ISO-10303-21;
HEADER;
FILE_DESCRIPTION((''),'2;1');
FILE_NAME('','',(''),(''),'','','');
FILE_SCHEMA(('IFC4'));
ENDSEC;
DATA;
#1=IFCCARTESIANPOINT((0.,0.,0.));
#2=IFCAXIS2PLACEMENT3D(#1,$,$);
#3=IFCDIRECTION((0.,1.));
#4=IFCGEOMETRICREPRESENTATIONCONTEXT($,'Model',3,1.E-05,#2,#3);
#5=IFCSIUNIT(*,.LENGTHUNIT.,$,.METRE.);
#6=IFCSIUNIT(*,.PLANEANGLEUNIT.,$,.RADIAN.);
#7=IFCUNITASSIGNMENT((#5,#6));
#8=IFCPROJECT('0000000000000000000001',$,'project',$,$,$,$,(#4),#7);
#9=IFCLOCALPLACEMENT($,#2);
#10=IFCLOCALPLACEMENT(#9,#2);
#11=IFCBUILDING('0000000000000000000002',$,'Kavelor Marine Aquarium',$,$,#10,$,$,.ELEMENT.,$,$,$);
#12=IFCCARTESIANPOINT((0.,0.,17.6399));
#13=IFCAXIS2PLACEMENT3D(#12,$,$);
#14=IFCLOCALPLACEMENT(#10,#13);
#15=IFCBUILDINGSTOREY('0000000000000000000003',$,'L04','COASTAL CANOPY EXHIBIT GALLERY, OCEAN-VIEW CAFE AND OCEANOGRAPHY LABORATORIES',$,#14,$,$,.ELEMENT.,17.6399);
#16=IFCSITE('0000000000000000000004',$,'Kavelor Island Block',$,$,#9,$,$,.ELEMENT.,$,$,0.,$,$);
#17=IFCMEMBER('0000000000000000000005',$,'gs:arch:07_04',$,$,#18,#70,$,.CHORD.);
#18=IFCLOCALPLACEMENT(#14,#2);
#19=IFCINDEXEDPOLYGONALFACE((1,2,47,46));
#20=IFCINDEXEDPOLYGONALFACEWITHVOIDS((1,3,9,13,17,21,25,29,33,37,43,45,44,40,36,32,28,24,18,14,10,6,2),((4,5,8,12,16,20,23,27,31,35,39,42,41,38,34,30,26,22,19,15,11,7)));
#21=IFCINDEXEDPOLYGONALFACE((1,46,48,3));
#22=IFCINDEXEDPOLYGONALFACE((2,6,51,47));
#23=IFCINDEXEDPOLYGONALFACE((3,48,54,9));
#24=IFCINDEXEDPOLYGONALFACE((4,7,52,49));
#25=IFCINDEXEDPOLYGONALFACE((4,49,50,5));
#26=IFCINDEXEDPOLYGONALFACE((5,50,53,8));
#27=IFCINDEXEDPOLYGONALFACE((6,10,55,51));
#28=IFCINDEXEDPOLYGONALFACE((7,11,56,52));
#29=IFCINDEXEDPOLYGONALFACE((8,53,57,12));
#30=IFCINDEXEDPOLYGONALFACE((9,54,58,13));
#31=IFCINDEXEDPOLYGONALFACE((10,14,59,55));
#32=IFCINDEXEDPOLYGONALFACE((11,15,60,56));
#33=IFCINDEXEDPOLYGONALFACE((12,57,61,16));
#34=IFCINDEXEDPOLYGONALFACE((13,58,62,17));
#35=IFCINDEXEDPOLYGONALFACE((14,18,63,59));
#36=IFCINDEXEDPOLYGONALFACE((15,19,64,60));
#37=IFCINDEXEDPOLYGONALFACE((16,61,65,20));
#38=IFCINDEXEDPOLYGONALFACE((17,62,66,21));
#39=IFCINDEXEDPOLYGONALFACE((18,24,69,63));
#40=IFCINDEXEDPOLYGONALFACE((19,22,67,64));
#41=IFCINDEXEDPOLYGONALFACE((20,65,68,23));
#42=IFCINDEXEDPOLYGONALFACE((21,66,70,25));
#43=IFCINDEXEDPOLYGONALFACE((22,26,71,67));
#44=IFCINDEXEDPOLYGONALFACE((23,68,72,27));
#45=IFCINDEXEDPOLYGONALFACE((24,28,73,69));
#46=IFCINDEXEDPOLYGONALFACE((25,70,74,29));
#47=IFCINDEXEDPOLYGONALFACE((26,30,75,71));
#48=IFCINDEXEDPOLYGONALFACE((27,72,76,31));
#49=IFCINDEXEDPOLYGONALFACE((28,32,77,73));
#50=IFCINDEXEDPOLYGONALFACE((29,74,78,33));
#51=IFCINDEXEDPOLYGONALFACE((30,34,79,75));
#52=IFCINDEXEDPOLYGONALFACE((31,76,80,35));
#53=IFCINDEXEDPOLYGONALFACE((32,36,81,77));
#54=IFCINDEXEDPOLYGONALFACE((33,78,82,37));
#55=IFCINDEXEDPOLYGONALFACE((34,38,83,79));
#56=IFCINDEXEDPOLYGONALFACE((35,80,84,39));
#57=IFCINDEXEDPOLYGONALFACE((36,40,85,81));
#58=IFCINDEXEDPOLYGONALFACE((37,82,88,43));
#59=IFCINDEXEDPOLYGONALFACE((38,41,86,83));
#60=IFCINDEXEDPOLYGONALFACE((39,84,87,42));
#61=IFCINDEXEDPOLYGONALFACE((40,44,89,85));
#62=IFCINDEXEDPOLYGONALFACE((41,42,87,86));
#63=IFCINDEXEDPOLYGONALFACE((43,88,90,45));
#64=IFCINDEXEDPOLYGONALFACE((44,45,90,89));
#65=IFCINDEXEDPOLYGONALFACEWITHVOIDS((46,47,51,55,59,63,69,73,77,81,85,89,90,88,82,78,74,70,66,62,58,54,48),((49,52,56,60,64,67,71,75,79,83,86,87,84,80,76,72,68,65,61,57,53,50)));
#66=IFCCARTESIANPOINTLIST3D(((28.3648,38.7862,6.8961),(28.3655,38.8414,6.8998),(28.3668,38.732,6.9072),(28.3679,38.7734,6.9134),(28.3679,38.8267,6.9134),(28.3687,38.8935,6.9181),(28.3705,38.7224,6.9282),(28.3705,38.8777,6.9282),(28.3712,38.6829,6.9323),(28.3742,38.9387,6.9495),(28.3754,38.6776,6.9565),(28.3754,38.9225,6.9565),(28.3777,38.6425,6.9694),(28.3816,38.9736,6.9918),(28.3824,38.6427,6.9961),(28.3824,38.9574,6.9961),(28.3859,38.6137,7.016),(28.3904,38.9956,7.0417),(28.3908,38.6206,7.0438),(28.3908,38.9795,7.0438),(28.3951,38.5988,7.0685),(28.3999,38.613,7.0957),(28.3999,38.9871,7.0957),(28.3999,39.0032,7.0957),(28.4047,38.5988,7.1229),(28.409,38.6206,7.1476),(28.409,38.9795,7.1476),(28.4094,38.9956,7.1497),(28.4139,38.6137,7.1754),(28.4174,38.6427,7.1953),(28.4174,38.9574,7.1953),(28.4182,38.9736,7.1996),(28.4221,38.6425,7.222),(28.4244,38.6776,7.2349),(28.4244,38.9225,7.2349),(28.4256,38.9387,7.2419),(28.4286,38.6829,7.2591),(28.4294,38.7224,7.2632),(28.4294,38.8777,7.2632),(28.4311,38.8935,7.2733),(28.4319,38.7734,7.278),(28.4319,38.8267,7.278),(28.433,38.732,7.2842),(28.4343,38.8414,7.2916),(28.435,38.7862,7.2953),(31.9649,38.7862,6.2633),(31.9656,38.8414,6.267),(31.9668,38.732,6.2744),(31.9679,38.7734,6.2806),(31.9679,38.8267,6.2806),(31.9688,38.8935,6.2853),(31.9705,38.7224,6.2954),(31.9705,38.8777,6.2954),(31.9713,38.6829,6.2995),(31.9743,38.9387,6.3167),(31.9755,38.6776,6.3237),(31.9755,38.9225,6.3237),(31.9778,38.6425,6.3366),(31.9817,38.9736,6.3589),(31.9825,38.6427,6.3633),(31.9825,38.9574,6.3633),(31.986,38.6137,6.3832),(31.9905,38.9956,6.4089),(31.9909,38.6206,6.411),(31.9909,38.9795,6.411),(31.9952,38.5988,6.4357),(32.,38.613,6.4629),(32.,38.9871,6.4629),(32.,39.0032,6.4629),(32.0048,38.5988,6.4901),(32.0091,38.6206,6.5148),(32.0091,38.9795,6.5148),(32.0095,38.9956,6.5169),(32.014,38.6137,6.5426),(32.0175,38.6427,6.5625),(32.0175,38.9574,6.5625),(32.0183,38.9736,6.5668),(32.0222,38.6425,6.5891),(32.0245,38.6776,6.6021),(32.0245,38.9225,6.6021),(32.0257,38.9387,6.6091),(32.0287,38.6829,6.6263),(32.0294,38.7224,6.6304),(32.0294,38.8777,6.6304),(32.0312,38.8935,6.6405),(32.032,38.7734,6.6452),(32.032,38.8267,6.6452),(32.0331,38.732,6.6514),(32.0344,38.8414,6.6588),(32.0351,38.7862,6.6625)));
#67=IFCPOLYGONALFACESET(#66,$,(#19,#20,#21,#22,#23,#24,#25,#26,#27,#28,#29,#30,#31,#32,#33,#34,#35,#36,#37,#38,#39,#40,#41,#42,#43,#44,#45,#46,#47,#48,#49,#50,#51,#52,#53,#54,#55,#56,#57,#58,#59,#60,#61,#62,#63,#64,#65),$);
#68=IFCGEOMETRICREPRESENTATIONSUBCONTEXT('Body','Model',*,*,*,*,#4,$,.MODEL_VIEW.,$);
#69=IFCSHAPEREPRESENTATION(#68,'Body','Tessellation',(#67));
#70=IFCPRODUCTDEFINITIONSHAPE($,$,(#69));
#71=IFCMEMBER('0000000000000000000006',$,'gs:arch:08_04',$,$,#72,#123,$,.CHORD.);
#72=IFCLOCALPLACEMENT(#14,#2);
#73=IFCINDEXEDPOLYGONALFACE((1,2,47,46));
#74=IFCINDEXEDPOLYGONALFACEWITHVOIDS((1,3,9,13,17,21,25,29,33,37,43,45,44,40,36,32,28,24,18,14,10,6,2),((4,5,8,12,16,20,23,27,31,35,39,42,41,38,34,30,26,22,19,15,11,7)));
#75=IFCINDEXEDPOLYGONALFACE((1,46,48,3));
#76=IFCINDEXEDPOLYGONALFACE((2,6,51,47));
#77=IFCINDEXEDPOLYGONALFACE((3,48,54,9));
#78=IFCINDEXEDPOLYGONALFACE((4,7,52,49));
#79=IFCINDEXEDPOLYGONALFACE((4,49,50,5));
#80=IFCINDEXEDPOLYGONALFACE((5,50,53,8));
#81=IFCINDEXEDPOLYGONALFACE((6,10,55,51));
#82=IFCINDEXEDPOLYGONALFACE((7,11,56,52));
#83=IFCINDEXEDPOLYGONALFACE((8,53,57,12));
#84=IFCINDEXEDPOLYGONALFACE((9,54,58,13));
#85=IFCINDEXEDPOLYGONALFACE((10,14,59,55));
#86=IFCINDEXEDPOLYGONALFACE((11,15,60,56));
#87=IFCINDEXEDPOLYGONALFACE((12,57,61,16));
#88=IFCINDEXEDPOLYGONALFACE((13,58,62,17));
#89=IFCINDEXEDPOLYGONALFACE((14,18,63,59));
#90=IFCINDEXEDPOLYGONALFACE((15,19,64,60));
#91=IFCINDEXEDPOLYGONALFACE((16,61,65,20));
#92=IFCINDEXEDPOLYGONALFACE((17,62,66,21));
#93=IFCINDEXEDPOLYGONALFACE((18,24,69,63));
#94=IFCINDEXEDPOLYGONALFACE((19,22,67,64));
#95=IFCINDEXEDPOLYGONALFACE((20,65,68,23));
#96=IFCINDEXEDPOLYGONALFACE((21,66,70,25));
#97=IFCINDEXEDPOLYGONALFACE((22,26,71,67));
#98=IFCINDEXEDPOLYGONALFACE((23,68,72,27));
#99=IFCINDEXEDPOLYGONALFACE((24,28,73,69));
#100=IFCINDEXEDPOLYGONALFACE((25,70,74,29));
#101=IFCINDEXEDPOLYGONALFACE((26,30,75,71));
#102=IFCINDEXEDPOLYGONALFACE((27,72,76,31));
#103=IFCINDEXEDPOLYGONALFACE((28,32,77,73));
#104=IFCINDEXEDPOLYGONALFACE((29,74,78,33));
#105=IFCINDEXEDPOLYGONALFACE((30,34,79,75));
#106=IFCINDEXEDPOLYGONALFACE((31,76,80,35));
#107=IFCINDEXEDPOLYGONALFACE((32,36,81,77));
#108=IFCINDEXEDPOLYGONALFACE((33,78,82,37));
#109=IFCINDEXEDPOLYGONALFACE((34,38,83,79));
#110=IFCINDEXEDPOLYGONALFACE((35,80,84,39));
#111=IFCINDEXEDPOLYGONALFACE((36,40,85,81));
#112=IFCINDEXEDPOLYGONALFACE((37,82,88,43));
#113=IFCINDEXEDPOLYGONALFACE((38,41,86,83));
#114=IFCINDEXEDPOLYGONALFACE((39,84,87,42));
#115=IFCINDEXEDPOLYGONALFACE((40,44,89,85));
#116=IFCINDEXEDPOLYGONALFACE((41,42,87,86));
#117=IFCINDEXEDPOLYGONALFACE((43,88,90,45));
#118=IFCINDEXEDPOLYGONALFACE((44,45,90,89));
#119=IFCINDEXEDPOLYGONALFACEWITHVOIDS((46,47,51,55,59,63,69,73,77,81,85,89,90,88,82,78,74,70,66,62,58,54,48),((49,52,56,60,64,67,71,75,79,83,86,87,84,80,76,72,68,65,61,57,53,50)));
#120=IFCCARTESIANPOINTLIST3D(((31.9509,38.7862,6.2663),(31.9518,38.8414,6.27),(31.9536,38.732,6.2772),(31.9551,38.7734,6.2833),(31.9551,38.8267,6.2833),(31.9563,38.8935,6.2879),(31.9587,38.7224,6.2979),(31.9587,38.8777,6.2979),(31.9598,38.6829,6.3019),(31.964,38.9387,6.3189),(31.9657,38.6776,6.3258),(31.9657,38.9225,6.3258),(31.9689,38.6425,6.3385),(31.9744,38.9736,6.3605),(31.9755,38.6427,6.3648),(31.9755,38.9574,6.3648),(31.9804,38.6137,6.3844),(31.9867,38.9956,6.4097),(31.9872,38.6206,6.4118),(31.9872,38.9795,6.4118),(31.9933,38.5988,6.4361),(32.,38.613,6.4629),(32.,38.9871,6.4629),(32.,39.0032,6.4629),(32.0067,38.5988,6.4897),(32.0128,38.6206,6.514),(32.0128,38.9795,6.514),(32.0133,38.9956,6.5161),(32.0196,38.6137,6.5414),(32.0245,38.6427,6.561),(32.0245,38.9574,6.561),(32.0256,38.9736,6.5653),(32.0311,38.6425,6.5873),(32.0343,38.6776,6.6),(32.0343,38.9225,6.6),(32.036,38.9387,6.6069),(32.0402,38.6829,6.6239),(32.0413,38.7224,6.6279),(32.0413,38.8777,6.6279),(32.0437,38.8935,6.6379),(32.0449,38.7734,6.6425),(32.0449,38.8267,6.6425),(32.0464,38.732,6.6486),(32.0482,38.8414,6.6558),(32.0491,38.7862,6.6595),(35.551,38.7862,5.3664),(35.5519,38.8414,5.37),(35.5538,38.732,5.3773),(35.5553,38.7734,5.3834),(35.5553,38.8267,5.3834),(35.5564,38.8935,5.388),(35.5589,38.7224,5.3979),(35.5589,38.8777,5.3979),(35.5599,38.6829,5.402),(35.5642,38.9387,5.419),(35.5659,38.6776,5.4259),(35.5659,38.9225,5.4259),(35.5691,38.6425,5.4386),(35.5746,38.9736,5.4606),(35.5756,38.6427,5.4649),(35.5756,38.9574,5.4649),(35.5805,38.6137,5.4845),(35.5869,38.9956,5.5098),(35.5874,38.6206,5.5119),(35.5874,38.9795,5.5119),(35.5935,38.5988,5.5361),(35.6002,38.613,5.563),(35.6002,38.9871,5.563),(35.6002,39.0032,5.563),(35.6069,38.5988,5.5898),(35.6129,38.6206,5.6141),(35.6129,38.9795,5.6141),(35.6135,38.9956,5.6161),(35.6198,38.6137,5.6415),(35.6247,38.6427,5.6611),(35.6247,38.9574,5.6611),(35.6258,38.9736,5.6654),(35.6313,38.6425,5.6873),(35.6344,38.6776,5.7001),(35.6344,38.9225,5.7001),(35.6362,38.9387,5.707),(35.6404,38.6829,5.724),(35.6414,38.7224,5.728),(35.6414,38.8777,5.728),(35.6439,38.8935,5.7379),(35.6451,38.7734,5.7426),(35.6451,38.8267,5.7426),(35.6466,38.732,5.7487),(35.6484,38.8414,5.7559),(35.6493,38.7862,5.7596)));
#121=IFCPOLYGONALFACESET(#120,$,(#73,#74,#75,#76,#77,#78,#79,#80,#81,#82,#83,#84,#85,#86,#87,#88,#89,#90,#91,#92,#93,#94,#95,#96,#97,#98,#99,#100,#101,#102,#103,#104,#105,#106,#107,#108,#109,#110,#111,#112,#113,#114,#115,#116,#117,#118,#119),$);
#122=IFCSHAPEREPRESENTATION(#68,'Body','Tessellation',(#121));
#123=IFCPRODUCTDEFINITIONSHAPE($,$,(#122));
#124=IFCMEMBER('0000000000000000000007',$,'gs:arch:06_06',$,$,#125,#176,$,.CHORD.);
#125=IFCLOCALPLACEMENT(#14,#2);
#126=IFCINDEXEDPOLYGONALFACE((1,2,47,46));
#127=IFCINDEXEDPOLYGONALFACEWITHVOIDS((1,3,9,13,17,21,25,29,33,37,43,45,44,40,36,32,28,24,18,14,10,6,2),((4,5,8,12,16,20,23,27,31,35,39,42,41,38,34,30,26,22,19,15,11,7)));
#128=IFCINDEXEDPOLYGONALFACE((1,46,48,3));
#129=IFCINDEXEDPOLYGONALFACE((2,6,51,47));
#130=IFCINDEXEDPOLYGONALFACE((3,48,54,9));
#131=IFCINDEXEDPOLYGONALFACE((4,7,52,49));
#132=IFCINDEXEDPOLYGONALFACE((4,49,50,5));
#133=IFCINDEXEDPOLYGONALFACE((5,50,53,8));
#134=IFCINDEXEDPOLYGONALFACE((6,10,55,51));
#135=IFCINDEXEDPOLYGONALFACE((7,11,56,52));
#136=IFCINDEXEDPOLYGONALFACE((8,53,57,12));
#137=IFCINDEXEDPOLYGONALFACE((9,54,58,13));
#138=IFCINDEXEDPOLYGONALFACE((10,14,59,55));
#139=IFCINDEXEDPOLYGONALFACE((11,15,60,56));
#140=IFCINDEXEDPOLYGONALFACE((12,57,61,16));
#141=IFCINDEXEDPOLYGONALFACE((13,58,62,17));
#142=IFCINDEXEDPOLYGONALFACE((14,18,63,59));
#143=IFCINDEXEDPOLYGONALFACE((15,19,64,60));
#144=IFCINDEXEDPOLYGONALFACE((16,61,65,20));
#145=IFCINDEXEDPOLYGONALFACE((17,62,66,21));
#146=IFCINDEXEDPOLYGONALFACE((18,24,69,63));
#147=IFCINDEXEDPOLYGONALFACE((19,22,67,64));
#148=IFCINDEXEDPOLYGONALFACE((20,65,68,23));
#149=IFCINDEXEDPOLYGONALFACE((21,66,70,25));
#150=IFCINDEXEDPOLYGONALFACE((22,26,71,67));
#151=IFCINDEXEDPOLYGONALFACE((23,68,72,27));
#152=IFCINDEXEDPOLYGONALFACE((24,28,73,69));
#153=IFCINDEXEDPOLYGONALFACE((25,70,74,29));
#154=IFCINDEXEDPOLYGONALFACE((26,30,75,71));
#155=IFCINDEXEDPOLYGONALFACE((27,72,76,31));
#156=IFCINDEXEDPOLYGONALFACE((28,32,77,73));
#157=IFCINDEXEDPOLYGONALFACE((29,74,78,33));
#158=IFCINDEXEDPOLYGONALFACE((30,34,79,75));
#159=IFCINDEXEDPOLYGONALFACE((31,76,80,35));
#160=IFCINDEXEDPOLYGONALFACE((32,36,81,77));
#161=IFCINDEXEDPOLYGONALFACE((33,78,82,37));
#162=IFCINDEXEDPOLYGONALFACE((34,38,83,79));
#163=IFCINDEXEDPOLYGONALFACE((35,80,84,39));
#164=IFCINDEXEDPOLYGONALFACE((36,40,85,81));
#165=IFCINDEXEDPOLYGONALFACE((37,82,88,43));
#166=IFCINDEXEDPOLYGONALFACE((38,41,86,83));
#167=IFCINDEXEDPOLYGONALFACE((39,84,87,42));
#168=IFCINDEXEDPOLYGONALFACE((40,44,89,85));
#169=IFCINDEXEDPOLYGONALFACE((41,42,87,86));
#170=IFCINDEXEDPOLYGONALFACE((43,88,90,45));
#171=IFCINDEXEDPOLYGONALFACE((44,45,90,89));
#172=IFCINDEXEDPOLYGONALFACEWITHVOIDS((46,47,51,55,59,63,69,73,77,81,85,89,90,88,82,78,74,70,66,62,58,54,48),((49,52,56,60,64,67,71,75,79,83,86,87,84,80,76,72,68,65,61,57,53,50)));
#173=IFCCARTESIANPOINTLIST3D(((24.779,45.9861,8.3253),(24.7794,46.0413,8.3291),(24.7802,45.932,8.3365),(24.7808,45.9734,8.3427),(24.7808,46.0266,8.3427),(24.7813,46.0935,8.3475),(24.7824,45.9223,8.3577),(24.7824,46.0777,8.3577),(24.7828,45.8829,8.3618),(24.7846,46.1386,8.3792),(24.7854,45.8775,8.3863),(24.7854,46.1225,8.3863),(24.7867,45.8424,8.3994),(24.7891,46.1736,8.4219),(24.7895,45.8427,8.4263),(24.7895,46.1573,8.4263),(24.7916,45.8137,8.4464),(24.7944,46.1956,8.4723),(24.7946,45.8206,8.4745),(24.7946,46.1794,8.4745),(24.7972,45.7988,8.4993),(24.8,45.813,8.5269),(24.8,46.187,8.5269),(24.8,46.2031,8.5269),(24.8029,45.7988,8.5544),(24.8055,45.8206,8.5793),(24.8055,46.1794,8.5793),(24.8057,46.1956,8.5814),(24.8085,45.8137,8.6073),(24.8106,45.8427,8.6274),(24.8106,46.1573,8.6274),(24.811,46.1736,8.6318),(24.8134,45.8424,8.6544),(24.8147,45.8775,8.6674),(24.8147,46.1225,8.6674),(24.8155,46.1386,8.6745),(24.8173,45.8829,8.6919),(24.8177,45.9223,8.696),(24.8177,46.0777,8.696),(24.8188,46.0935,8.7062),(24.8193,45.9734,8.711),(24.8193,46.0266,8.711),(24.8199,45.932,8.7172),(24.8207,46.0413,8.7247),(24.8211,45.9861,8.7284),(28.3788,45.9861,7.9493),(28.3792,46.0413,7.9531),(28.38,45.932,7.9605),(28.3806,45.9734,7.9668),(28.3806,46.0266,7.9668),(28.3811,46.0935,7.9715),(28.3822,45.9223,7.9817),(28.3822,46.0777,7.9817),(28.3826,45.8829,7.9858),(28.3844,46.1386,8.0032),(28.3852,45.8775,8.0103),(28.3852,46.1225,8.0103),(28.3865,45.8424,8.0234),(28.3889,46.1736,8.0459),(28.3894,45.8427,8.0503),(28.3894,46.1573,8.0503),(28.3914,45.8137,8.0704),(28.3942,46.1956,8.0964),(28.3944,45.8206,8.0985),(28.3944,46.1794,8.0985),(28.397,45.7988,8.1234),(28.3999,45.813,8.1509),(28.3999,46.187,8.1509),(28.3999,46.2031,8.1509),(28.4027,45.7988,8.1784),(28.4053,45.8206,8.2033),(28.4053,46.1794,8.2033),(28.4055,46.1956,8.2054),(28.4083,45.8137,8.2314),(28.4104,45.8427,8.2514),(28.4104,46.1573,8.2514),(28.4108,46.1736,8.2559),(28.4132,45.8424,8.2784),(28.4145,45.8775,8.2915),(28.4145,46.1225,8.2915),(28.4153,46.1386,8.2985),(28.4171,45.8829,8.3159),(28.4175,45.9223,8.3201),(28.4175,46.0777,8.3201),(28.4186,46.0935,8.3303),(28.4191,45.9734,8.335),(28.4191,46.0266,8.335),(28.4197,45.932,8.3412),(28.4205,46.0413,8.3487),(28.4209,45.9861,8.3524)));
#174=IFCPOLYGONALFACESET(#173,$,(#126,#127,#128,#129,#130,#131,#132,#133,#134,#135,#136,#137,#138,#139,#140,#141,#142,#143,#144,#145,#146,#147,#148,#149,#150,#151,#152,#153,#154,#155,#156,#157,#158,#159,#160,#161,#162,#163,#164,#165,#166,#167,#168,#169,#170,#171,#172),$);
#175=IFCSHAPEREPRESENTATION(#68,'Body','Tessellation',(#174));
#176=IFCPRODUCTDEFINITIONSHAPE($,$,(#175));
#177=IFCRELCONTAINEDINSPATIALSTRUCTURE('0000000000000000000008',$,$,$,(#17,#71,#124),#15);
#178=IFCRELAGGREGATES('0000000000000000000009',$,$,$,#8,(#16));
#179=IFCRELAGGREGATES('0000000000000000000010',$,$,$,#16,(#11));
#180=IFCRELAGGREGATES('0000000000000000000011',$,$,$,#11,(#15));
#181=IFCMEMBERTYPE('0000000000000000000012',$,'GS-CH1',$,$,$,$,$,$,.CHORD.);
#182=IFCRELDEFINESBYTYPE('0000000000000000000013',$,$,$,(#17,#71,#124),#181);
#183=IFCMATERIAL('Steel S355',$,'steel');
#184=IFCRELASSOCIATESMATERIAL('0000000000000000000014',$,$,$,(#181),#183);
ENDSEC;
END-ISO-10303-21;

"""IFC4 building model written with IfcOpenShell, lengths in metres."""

from ifc_helpers import new_model, si_unit, direction, frame, origin, origin_2d, place, context, subcontext, project, spatial, hollow_circle, extrude, material, material_profile, profile_set, type_object, element, save


model = new_model("IFC4")

# Units and contexts
model_context = context("Model", 3, precision=1e-05, world=origin(), true_north=direction((0.0, 1.0)))
body_context = subcontext(model_context, "Body", "Model", "MODEL_VIEW")
ifc_project = project(units=[si_unit("LENGTHUNIT", "METRE"), si_unit("PLANEANGLEUNIT", "RADIAN")], contexts=[model_context])

# Site, building, storey
site_placement = place(None, origin())
site = spatial("IfcSite", under=ifc_project, at=site_placement, Name="Kavelor Island Block", CompositionType="ELEMENT", RefElevation=0.0)
building_placement = place(site_placement, origin())
building = spatial("IfcBuilding", under=site, at=building_placement, Name="Kavelor Marine Aquarium", CompositionType="ELEMENT")
storey_placement = place(building_placement, frame((0.0, 0.0, 17.6399)))
storey = spatial("IfcBuildingStorey", under=building, at=storey_placement, Name="L04", Description="COASTAL CANOPY EXHIBIT GALLERY, OCEAN-VIEW CAFE AND OCEANOGRAPHY LABORATORIES", CompositionType="ELEMENT", Elevation=17.6399)

# Members
ifc_material_1 = material(Name="Steel S355", Category="steel")
ifc_material_profile_1 = material_profile(ifc_material_1, hollow_circle(Radius=0.2031, WallThickness=0.0161, at=origin_2d()), Name="CHS 406.4x16.0")
ifc_profile_set_1 = profile_set([ifc_material_profile_1], Name="Steel S355")
member_type_1 = type_object("IfcMemberType", Name="GS-CH1", PredefinedType="CHORD", material=ifc_profile_set_1)
member_1_placement = place(storey_placement, frame((28.3999, 38.8, 7.0957), z_axis=(0.9849, 0.0, -0.173122), x_axis=(0.0, 1.0, 0.0)))
element("IfcMember", 1, at=member_1_placement, inside=storey, type_object=member_type_1, Name="gs:arch:07_04", PredefinedType="CHORD", context=body_context, shape_type="SweptSolid", body=[
    extrude(hollow_circle(Radius=0.2031, WallThickness=0.0161, at=origin_2d()), origin(), (0.0, 0.0, 1.0), 3.6553),
])
member_2_placement = place(storey_placement, frame((32.0, 38.8, 6.4629), z_axis=(0.97015, 0.0, -0.242505), x_axis=(0.0, 1.0, 0.0)))
element("IfcMember", 2, at=member_2_placement, inside=storey, type_object=member_type_1, Name="gs:arch:08_04", PredefinedType="CHORD", context=body_context, shape_type="SweptSolid", body=[
    extrude(hollow_circle(Radius=0.2031, WallThickness=0.0161, at=origin_2d()), origin(), (0.0, 0.0, 1.0), 3.7109),
])
member_3_placement = place(storey_placement, frame((24.8, 46.0, 8.5269), z_axis=(0.99459, 0.0, -0.103877), x_axis=(0.0, 1.0, 0.0)))
element("IfcMember", 3, at=member_3_placement, inside=storey, type_object=member_type_1, Name="gs:arch:06_06", PredefinedType="CHORD", context=body_context, shape_type="SweptSolid", body=[
    extrude(hollow_circle(Radius=0.2031, WallThickness=0.0161, at=origin_2d()), origin(), (0.0, 0.0, 1.0), 3.6194),
])

save(model, "model.ifc")
